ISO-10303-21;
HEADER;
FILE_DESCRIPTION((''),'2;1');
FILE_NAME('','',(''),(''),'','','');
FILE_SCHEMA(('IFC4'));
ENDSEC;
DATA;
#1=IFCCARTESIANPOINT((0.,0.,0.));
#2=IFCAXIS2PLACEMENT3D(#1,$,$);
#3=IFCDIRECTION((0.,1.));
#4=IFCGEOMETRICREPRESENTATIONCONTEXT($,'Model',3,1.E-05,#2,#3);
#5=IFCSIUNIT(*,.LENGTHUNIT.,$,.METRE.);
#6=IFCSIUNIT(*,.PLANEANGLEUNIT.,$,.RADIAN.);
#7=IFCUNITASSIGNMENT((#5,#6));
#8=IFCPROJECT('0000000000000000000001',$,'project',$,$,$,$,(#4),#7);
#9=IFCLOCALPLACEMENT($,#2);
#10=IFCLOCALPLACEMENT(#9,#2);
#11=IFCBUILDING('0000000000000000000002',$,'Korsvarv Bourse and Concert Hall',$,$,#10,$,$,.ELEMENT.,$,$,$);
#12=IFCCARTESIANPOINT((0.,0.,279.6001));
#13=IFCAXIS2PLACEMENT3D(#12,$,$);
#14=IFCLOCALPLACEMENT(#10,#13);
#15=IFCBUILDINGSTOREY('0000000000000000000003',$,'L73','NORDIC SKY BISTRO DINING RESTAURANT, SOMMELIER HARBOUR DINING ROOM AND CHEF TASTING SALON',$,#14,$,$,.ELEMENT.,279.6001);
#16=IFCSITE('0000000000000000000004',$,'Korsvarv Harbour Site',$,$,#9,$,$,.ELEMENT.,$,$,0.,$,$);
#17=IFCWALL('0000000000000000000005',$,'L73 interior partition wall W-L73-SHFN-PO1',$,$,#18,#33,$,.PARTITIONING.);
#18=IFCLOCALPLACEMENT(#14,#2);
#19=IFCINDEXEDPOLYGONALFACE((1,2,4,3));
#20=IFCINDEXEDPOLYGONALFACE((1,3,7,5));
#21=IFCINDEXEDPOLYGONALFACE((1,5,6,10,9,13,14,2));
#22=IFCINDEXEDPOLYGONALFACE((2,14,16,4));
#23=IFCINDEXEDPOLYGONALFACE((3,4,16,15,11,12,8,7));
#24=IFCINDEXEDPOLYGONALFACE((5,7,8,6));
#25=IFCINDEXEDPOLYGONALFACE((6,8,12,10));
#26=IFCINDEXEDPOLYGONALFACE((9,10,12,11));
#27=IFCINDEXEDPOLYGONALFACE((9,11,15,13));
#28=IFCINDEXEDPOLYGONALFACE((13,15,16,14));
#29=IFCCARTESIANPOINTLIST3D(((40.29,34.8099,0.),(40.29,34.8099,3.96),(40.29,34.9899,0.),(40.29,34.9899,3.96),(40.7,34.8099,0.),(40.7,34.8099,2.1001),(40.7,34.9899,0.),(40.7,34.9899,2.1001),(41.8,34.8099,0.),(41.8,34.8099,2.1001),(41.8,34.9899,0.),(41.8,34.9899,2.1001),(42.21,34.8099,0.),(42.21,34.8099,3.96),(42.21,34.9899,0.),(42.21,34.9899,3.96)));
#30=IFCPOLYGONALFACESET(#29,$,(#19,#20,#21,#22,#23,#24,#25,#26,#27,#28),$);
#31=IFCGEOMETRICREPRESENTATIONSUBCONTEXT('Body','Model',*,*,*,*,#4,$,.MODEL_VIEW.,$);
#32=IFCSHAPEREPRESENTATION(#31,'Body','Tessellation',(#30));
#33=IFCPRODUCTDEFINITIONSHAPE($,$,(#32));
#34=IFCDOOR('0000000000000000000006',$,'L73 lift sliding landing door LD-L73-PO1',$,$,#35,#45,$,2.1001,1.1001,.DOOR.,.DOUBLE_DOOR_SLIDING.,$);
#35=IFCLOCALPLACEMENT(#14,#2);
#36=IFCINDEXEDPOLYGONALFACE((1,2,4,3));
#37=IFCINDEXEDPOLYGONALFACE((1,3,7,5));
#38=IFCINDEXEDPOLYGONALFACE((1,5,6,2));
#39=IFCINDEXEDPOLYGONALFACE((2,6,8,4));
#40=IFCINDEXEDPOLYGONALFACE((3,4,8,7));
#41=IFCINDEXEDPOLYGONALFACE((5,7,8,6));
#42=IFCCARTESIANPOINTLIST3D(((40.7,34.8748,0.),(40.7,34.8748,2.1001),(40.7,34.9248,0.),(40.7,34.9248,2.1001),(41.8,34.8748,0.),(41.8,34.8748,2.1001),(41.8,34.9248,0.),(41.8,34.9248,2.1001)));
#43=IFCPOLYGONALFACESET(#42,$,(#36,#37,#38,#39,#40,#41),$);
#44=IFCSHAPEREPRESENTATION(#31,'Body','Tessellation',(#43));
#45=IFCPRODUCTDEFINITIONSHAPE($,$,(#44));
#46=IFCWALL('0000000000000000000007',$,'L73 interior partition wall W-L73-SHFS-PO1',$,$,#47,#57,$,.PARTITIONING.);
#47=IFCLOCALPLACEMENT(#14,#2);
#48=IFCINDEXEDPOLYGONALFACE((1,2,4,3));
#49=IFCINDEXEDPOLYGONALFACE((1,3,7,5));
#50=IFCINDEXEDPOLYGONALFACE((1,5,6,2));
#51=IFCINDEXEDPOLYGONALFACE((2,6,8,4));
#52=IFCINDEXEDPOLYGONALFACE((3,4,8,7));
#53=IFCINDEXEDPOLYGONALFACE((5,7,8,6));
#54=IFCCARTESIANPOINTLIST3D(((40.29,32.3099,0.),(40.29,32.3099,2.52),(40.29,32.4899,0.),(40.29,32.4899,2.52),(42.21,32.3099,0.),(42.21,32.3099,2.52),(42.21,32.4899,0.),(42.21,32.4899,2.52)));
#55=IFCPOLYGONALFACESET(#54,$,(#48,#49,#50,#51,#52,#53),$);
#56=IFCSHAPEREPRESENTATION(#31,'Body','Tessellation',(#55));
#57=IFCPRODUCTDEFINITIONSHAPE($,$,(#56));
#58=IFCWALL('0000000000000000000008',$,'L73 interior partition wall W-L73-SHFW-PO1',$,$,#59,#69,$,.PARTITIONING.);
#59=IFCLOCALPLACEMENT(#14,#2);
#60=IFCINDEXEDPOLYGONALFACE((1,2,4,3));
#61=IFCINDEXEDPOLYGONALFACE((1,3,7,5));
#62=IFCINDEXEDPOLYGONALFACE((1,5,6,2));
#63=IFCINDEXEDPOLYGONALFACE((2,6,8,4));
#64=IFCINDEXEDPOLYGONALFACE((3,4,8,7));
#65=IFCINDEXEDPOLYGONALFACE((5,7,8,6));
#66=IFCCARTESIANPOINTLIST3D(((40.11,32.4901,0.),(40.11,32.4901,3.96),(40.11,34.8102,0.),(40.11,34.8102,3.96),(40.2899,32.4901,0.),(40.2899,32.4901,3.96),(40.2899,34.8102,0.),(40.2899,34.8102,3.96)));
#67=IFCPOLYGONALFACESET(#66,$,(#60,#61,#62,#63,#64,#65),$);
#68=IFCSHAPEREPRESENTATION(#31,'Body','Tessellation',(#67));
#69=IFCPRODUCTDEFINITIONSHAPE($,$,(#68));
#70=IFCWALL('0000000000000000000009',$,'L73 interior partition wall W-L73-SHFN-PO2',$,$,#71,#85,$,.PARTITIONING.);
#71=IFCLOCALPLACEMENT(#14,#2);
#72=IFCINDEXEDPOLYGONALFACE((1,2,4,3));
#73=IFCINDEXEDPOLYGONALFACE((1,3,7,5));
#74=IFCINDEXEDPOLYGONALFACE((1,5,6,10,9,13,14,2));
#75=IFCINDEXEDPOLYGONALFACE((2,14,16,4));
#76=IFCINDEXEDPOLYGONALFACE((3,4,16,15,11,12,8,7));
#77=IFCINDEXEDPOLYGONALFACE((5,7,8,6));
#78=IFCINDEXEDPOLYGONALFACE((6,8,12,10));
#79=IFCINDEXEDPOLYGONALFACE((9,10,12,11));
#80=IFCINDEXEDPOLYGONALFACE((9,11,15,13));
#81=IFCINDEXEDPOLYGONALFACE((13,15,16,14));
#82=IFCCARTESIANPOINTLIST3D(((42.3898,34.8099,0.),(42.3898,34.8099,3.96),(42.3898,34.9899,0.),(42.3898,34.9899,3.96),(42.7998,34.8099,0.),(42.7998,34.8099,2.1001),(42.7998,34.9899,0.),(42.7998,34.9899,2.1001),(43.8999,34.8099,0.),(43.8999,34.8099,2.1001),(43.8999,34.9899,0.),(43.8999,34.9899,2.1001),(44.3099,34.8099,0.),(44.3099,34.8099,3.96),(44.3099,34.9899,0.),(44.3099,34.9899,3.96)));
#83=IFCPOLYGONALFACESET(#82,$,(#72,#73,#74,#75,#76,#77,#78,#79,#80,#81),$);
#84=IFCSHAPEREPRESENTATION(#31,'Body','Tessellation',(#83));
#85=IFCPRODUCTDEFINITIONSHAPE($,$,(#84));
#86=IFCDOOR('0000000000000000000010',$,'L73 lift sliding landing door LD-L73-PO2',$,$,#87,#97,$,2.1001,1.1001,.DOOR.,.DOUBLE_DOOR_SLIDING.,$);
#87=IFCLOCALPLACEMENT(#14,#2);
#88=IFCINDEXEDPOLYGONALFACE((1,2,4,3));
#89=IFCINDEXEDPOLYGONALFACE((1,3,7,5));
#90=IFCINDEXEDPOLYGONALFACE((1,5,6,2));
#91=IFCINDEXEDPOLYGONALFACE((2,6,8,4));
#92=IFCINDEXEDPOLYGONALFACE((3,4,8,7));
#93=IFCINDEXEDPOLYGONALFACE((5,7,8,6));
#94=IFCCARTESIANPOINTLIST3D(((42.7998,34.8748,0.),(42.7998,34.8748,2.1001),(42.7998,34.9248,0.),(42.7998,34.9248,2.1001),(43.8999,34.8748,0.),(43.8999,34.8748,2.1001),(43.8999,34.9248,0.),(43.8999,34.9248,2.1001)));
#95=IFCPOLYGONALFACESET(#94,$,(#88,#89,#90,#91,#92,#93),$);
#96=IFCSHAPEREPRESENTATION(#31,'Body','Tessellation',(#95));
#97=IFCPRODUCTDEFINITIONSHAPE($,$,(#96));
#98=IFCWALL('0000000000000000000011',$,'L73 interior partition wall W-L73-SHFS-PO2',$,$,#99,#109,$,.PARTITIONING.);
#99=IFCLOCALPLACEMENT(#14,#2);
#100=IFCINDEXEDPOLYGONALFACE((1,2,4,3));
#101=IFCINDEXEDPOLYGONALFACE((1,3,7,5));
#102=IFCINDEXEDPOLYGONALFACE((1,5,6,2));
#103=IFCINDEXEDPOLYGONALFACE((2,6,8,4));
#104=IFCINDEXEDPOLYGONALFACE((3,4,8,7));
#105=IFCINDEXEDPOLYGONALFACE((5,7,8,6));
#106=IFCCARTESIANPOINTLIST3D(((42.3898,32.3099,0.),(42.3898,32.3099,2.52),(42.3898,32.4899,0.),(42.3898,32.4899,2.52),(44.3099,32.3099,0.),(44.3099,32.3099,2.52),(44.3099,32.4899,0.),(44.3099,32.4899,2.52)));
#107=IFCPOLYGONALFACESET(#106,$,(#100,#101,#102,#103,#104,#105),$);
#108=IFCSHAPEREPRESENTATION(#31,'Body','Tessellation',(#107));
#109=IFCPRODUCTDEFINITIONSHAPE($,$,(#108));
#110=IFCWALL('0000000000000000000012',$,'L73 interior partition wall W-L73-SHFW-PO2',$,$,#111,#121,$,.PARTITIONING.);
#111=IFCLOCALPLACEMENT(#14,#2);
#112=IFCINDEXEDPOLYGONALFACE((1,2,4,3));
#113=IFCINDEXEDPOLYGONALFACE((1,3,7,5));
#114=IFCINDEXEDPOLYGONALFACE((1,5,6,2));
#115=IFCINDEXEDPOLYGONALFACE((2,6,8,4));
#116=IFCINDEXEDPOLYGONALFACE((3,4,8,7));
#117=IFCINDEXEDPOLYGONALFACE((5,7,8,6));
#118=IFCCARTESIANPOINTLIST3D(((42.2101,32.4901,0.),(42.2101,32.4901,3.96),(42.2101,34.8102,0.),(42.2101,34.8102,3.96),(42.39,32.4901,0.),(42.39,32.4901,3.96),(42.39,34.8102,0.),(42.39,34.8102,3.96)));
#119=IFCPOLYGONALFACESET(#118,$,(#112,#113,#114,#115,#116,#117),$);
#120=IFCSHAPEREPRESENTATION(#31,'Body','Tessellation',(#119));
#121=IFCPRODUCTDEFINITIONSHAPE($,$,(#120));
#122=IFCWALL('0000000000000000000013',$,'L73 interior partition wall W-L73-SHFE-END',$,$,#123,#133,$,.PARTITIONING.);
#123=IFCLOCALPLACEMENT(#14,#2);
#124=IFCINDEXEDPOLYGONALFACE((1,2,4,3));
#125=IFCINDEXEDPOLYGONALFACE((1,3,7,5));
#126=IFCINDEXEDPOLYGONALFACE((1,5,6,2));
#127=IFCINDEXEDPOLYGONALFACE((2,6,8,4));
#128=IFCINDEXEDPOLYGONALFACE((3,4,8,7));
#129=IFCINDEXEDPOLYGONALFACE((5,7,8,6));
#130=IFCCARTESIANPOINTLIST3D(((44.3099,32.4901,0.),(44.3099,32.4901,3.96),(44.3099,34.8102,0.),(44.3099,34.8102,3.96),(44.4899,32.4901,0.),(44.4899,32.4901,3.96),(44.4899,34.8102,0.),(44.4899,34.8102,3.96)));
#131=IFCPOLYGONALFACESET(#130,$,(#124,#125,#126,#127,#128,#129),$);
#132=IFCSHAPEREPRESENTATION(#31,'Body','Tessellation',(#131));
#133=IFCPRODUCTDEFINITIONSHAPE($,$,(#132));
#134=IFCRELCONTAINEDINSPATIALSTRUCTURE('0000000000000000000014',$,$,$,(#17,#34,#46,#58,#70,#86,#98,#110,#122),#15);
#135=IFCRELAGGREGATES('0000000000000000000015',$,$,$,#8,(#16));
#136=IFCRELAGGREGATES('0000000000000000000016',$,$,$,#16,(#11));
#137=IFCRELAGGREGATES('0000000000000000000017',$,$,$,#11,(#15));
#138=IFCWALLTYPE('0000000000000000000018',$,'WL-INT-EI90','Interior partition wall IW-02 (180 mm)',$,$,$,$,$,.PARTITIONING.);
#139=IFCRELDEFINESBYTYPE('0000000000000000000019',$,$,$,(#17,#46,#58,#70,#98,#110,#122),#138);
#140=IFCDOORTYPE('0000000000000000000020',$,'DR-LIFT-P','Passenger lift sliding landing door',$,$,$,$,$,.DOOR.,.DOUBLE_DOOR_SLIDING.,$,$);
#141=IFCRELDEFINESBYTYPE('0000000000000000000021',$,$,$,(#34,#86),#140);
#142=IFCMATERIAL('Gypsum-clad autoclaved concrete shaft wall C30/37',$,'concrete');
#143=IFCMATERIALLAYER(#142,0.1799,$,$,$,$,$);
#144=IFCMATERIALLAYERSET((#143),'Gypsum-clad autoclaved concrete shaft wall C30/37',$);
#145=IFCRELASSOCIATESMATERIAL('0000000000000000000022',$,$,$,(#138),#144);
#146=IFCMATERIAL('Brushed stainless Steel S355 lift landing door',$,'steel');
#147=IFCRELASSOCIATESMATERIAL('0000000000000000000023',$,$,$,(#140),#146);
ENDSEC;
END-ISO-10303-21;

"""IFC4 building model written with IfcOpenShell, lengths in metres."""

from ifc_helpers import new_model, si_unit, direction, frame, frame_2d, origin, place, context, subcontext, project, spatial, rectangle, extrude, material, layer, layer_set, type_object, element, fill, save


model = new_model("IFC4")

# Units and contexts
model_context = context("Model", 3, precision=1e-05, world=origin(), true_north=direction((0.0, 1.0)))
body_context = subcontext(model_context, "Body", "Model", "MODEL_VIEW")
ifc_project = project(units=[si_unit("LENGTHUNIT", "METRE"), si_unit("PLANEANGLEUNIT", "RADIAN")], contexts=[model_context])

# Site, building, storey
site_placement = place(None, origin())
site = spatial("IfcSite", under=ifc_project, at=site_placement, Name="Korsvarv Harbour Site", CompositionType="ELEMENT", RefElevation=0.0)
building_placement = place(site_placement, origin())
building = spatial("IfcBuilding", under=site, at=building_placement, Name="Korsvarv Bourse and Concert Hall", CompositionType="ELEMENT")
storey_placement = place(building_placement, frame((0.0, 0.0, 279.6001)))
storey = spatial("IfcBuildingStorey", under=building, at=storey_placement, Name="L73", Description="NORDIC SKY BISTRO DINING RESTAURANT, SOMMELIER HARBOUR DINING ROOM AND CHEF TASTING SALON", CompositionType="ELEMENT", Elevation=279.6001)

# Wall, opening, door
ifc_material_1 = material(Name="Gypsum-clad autoclaved concrete shaft wall C30/37", Category="concrete")
ifc_layer_1 = layer(ifc_material_1, 0.1799)
ifc_layer_set_1 = layer_set([ifc_layer_1], Name="Gypsum-clad autoclaved concrete shaft wall C30/37")
wall_type_1 = type_object("IfcWallType", Name="WL-INT-EI90", Description="Interior partition wall IW-02 (180 mm)", PredefinedType="PARTITIONING", material=ifc_layer_set_1)
wall_1_placement = place(storey_placement, frame((40.29, 34.8999, 0.0), z_axis=(0.0, 0.0, 1.0), x_axis=(1.0, 0.0, 0.0)))
wall_1 = element("IfcWall", 1, at=wall_1_placement, inside=storey, type_object=wall_type_1, Name="L73 interior partition wall W-L73-SHFN-PO1", PredefinedType="PARTITIONING", context=body_context, shape_type="SweptSolid", body=[
    extrude(rectangle(XDim=1.9199, YDim=0.1799, at=frame_2d((0.96, 0.0))), origin(), (0.0, 0.0, 1.0), 3.96),
])
opening_1_placement = place(wall_1_placement, frame((0.4099, 0.0, 0.0)))
opening_1 = element("IfcOpeningElement", 2, at=opening_1_placement, cuts=wall_1, PredefinedType="OPENING", context=body_context, shape_type="SweptSolid", body=[
    extrude(rectangle(XDim=1.1001, YDim=2.1001, at=frame_2d((0.55, 1.05))), frame((0.0, 0.1001, 0.0), z_axis=(0.0, -1.0, 0.0), x_axis=(1.0, 0.0, 0.0)), (0.0, 0.0, 1.0), 0.2),
])
ifc_material_2 = material(Name="Brushed stainless Steel S355 lift landing door", Category="steel")
door_type_1 = type_object("IfcDoorType", Name="DR-LIFT-P", Description="Passenger lift sliding landing door", OperationType="DOUBLE_DOOR_SLIDING", PredefinedType="DOOR", material=ifc_material_2)
door_1_placement = place(opening_1_placement, origin())
door_1 = element("IfcDoor", 3, at=door_1_placement, inside=storey, type_object=door_type_1, Name="L73 lift sliding landing door LD-L73-PO1", OperationType="DOUBLE_DOOR_SLIDING", OverallHeight=2.1001, OverallWidth=1.1001, PredefinedType="DOOR", context=body_context, shape_type="SweptSolid", body=[
    extrude(rectangle(XDim=1.1001, YDim=2.1001, at=frame_2d((0.55, 1.05))), frame((0.0, 0.0249, 0.0), z_axis=(0.0, -1.0, 0.0), x_axis=(1.0, 0.0, 0.0)), (0.0, 0.0, 1.0), 0.05),
])
fill(opening_1, door_1)

# Walls
wall_2_placement = place(storey_placement, frame((40.29, 32.3999, 0.0), z_axis=(0.0, 0.0, 1.0), x_axis=(1.0, 0.0, 0.0)))
element("IfcWall", 4, at=wall_2_placement, inside=storey, type_object=wall_type_1, Name="L73 interior partition wall W-L73-SHFS-PO1", PredefinedType="PARTITIONING", context=body_context, shape_type="SweptSolid", body=[
    extrude(rectangle(XDim=1.9199, YDim=0.1799, at=frame_2d((0.96, 0.0))), origin(), (0.0, 0.0, 1.0), 2.52),
])
wall_3_placement = place(storey_placement, frame((40.2, 32.49, 0.0), z_axis=(0.0, 0.0, 1.0), x_axis=(0.0, 1.0, 0.0)))
element("IfcWall", 5, at=wall_3_placement, inside=storey, type_object=wall_type_1, Name="L73 interior partition wall W-L73-SHFW-PO1", PredefinedType="PARTITIONING", context=body_context, shape_type="SweptSolid", body=[
    extrude(rectangle(XDim=2.3201, YDim=0.1799, at=frame_2d((1.1602, 0.0))), origin(), (0.0, 0.0, 1.0), 3.96),
])

# Wall, opening, door
wall_4_placement = place(storey_placement, frame((42.3899, 34.8999, 0.0), z_axis=(0.0, 0.0, 1.0), x_axis=(1.0, 0.0, 0.0)))
wall_4 = element("IfcWall", 6, at=wall_4_placement, inside=storey, type_object=wall_type_1, Name="L73 interior partition wall W-L73-SHFN-PO2", PredefinedType="PARTITIONING", context=body_context, shape_type="SweptSolid", body=[
    extrude(rectangle(XDim=1.9202, YDim=0.1799, at=frame_2d((0.96, 0.0))), origin(), (0.0, 0.0, 1.0), 3.96),
])
opening_2_placement = place(wall_4_placement, frame((0.4099, 0.0, 0.0)))
opening_2 = element("IfcOpeningElement", 7, at=opening_2_placement, cuts=wall_4, PredefinedType="OPENING", context=body_context, shape_type="SweptSolid", body=[
    extrude(rectangle(XDim=1.1001, YDim=2.1001, at=frame_2d((0.55, 1.05))), frame((0.0, 0.1001, 0.0), z_axis=(0.0, -1.0, 0.0), x_axis=(1.0, 0.0, 0.0)), (0.0, 0.0, 1.0), 0.2),
])
door_2_placement = place(opening_2_placement, origin())
door_2 = element("IfcDoor", 8, at=door_2_placement, inside=storey, type_object=door_type_1, Name="L73 lift sliding landing door LD-L73-PO2", OperationType="DOUBLE_DOOR_SLIDING", OverallHeight=2.1001, OverallWidth=1.1001, PredefinedType="DOOR", context=body_context, shape_type="SweptSolid", body=[
    extrude(rectangle(XDim=1.1001, YDim=2.1001, at=frame_2d((0.55, 1.05))), frame((0.0, 0.0249, 0.0), z_axis=(0.0, -1.0, 0.0), x_axis=(1.0, 0.0, 0.0)), (0.0, 0.0, 1.0), 0.05),
])
fill(opening_2, door_2)

# Walls
wall_5_placement = place(storey_placement, frame((42.3899, 32.3999, 0.0), z_axis=(0.0, 0.0, 1.0), x_axis=(1.0, 0.0, 0.0)))
element("IfcWall", 9, at=wall_5_placement, inside=storey, type_object=wall_type_1, Name="L73 interior partition wall W-L73-SHFS-PO2", PredefinedType="PARTITIONING", context=body_context, shape_type="SweptSolid", body=[
    extrude(rectangle(XDim=1.9202, YDim=0.1799, at=frame_2d((0.96, 0.0))), origin(), (0.0, 0.0, 1.0), 2.52),
])
for number, where, z_axis, x_axis, name in (
    (10, (42.3, 32.49, 0.0), (0.0, 0.0, 1.0), (0.0, 1.0, 0.0), "L73 interior partition wall W-L73-SHFW-PO2"),
    (11, (44.3999, 32.49, 0.0), (0.0, 0.0, 1.0), (0.0, 1.0, 0.0), "L73 interior partition wall W-L73-SHFE-END"),
):
    element("IfcWall", number, at=place(storey_placement, frame(where, z_axis=z_axis, x_axis=x_axis)), inside=storey, type_object=wall_type_1, Name=name, PredefinedType="PARTITIONING", context=body_context, shape_type="SweptSolid", body=[
        extrude(rectangle(XDim=2.3201, YDim=0.1799, at=frame_2d((1.1602, 0.0))), origin(), (0.0, 0.0, 1.0), 3.96),
    ])

save(model, "model.ifc")
